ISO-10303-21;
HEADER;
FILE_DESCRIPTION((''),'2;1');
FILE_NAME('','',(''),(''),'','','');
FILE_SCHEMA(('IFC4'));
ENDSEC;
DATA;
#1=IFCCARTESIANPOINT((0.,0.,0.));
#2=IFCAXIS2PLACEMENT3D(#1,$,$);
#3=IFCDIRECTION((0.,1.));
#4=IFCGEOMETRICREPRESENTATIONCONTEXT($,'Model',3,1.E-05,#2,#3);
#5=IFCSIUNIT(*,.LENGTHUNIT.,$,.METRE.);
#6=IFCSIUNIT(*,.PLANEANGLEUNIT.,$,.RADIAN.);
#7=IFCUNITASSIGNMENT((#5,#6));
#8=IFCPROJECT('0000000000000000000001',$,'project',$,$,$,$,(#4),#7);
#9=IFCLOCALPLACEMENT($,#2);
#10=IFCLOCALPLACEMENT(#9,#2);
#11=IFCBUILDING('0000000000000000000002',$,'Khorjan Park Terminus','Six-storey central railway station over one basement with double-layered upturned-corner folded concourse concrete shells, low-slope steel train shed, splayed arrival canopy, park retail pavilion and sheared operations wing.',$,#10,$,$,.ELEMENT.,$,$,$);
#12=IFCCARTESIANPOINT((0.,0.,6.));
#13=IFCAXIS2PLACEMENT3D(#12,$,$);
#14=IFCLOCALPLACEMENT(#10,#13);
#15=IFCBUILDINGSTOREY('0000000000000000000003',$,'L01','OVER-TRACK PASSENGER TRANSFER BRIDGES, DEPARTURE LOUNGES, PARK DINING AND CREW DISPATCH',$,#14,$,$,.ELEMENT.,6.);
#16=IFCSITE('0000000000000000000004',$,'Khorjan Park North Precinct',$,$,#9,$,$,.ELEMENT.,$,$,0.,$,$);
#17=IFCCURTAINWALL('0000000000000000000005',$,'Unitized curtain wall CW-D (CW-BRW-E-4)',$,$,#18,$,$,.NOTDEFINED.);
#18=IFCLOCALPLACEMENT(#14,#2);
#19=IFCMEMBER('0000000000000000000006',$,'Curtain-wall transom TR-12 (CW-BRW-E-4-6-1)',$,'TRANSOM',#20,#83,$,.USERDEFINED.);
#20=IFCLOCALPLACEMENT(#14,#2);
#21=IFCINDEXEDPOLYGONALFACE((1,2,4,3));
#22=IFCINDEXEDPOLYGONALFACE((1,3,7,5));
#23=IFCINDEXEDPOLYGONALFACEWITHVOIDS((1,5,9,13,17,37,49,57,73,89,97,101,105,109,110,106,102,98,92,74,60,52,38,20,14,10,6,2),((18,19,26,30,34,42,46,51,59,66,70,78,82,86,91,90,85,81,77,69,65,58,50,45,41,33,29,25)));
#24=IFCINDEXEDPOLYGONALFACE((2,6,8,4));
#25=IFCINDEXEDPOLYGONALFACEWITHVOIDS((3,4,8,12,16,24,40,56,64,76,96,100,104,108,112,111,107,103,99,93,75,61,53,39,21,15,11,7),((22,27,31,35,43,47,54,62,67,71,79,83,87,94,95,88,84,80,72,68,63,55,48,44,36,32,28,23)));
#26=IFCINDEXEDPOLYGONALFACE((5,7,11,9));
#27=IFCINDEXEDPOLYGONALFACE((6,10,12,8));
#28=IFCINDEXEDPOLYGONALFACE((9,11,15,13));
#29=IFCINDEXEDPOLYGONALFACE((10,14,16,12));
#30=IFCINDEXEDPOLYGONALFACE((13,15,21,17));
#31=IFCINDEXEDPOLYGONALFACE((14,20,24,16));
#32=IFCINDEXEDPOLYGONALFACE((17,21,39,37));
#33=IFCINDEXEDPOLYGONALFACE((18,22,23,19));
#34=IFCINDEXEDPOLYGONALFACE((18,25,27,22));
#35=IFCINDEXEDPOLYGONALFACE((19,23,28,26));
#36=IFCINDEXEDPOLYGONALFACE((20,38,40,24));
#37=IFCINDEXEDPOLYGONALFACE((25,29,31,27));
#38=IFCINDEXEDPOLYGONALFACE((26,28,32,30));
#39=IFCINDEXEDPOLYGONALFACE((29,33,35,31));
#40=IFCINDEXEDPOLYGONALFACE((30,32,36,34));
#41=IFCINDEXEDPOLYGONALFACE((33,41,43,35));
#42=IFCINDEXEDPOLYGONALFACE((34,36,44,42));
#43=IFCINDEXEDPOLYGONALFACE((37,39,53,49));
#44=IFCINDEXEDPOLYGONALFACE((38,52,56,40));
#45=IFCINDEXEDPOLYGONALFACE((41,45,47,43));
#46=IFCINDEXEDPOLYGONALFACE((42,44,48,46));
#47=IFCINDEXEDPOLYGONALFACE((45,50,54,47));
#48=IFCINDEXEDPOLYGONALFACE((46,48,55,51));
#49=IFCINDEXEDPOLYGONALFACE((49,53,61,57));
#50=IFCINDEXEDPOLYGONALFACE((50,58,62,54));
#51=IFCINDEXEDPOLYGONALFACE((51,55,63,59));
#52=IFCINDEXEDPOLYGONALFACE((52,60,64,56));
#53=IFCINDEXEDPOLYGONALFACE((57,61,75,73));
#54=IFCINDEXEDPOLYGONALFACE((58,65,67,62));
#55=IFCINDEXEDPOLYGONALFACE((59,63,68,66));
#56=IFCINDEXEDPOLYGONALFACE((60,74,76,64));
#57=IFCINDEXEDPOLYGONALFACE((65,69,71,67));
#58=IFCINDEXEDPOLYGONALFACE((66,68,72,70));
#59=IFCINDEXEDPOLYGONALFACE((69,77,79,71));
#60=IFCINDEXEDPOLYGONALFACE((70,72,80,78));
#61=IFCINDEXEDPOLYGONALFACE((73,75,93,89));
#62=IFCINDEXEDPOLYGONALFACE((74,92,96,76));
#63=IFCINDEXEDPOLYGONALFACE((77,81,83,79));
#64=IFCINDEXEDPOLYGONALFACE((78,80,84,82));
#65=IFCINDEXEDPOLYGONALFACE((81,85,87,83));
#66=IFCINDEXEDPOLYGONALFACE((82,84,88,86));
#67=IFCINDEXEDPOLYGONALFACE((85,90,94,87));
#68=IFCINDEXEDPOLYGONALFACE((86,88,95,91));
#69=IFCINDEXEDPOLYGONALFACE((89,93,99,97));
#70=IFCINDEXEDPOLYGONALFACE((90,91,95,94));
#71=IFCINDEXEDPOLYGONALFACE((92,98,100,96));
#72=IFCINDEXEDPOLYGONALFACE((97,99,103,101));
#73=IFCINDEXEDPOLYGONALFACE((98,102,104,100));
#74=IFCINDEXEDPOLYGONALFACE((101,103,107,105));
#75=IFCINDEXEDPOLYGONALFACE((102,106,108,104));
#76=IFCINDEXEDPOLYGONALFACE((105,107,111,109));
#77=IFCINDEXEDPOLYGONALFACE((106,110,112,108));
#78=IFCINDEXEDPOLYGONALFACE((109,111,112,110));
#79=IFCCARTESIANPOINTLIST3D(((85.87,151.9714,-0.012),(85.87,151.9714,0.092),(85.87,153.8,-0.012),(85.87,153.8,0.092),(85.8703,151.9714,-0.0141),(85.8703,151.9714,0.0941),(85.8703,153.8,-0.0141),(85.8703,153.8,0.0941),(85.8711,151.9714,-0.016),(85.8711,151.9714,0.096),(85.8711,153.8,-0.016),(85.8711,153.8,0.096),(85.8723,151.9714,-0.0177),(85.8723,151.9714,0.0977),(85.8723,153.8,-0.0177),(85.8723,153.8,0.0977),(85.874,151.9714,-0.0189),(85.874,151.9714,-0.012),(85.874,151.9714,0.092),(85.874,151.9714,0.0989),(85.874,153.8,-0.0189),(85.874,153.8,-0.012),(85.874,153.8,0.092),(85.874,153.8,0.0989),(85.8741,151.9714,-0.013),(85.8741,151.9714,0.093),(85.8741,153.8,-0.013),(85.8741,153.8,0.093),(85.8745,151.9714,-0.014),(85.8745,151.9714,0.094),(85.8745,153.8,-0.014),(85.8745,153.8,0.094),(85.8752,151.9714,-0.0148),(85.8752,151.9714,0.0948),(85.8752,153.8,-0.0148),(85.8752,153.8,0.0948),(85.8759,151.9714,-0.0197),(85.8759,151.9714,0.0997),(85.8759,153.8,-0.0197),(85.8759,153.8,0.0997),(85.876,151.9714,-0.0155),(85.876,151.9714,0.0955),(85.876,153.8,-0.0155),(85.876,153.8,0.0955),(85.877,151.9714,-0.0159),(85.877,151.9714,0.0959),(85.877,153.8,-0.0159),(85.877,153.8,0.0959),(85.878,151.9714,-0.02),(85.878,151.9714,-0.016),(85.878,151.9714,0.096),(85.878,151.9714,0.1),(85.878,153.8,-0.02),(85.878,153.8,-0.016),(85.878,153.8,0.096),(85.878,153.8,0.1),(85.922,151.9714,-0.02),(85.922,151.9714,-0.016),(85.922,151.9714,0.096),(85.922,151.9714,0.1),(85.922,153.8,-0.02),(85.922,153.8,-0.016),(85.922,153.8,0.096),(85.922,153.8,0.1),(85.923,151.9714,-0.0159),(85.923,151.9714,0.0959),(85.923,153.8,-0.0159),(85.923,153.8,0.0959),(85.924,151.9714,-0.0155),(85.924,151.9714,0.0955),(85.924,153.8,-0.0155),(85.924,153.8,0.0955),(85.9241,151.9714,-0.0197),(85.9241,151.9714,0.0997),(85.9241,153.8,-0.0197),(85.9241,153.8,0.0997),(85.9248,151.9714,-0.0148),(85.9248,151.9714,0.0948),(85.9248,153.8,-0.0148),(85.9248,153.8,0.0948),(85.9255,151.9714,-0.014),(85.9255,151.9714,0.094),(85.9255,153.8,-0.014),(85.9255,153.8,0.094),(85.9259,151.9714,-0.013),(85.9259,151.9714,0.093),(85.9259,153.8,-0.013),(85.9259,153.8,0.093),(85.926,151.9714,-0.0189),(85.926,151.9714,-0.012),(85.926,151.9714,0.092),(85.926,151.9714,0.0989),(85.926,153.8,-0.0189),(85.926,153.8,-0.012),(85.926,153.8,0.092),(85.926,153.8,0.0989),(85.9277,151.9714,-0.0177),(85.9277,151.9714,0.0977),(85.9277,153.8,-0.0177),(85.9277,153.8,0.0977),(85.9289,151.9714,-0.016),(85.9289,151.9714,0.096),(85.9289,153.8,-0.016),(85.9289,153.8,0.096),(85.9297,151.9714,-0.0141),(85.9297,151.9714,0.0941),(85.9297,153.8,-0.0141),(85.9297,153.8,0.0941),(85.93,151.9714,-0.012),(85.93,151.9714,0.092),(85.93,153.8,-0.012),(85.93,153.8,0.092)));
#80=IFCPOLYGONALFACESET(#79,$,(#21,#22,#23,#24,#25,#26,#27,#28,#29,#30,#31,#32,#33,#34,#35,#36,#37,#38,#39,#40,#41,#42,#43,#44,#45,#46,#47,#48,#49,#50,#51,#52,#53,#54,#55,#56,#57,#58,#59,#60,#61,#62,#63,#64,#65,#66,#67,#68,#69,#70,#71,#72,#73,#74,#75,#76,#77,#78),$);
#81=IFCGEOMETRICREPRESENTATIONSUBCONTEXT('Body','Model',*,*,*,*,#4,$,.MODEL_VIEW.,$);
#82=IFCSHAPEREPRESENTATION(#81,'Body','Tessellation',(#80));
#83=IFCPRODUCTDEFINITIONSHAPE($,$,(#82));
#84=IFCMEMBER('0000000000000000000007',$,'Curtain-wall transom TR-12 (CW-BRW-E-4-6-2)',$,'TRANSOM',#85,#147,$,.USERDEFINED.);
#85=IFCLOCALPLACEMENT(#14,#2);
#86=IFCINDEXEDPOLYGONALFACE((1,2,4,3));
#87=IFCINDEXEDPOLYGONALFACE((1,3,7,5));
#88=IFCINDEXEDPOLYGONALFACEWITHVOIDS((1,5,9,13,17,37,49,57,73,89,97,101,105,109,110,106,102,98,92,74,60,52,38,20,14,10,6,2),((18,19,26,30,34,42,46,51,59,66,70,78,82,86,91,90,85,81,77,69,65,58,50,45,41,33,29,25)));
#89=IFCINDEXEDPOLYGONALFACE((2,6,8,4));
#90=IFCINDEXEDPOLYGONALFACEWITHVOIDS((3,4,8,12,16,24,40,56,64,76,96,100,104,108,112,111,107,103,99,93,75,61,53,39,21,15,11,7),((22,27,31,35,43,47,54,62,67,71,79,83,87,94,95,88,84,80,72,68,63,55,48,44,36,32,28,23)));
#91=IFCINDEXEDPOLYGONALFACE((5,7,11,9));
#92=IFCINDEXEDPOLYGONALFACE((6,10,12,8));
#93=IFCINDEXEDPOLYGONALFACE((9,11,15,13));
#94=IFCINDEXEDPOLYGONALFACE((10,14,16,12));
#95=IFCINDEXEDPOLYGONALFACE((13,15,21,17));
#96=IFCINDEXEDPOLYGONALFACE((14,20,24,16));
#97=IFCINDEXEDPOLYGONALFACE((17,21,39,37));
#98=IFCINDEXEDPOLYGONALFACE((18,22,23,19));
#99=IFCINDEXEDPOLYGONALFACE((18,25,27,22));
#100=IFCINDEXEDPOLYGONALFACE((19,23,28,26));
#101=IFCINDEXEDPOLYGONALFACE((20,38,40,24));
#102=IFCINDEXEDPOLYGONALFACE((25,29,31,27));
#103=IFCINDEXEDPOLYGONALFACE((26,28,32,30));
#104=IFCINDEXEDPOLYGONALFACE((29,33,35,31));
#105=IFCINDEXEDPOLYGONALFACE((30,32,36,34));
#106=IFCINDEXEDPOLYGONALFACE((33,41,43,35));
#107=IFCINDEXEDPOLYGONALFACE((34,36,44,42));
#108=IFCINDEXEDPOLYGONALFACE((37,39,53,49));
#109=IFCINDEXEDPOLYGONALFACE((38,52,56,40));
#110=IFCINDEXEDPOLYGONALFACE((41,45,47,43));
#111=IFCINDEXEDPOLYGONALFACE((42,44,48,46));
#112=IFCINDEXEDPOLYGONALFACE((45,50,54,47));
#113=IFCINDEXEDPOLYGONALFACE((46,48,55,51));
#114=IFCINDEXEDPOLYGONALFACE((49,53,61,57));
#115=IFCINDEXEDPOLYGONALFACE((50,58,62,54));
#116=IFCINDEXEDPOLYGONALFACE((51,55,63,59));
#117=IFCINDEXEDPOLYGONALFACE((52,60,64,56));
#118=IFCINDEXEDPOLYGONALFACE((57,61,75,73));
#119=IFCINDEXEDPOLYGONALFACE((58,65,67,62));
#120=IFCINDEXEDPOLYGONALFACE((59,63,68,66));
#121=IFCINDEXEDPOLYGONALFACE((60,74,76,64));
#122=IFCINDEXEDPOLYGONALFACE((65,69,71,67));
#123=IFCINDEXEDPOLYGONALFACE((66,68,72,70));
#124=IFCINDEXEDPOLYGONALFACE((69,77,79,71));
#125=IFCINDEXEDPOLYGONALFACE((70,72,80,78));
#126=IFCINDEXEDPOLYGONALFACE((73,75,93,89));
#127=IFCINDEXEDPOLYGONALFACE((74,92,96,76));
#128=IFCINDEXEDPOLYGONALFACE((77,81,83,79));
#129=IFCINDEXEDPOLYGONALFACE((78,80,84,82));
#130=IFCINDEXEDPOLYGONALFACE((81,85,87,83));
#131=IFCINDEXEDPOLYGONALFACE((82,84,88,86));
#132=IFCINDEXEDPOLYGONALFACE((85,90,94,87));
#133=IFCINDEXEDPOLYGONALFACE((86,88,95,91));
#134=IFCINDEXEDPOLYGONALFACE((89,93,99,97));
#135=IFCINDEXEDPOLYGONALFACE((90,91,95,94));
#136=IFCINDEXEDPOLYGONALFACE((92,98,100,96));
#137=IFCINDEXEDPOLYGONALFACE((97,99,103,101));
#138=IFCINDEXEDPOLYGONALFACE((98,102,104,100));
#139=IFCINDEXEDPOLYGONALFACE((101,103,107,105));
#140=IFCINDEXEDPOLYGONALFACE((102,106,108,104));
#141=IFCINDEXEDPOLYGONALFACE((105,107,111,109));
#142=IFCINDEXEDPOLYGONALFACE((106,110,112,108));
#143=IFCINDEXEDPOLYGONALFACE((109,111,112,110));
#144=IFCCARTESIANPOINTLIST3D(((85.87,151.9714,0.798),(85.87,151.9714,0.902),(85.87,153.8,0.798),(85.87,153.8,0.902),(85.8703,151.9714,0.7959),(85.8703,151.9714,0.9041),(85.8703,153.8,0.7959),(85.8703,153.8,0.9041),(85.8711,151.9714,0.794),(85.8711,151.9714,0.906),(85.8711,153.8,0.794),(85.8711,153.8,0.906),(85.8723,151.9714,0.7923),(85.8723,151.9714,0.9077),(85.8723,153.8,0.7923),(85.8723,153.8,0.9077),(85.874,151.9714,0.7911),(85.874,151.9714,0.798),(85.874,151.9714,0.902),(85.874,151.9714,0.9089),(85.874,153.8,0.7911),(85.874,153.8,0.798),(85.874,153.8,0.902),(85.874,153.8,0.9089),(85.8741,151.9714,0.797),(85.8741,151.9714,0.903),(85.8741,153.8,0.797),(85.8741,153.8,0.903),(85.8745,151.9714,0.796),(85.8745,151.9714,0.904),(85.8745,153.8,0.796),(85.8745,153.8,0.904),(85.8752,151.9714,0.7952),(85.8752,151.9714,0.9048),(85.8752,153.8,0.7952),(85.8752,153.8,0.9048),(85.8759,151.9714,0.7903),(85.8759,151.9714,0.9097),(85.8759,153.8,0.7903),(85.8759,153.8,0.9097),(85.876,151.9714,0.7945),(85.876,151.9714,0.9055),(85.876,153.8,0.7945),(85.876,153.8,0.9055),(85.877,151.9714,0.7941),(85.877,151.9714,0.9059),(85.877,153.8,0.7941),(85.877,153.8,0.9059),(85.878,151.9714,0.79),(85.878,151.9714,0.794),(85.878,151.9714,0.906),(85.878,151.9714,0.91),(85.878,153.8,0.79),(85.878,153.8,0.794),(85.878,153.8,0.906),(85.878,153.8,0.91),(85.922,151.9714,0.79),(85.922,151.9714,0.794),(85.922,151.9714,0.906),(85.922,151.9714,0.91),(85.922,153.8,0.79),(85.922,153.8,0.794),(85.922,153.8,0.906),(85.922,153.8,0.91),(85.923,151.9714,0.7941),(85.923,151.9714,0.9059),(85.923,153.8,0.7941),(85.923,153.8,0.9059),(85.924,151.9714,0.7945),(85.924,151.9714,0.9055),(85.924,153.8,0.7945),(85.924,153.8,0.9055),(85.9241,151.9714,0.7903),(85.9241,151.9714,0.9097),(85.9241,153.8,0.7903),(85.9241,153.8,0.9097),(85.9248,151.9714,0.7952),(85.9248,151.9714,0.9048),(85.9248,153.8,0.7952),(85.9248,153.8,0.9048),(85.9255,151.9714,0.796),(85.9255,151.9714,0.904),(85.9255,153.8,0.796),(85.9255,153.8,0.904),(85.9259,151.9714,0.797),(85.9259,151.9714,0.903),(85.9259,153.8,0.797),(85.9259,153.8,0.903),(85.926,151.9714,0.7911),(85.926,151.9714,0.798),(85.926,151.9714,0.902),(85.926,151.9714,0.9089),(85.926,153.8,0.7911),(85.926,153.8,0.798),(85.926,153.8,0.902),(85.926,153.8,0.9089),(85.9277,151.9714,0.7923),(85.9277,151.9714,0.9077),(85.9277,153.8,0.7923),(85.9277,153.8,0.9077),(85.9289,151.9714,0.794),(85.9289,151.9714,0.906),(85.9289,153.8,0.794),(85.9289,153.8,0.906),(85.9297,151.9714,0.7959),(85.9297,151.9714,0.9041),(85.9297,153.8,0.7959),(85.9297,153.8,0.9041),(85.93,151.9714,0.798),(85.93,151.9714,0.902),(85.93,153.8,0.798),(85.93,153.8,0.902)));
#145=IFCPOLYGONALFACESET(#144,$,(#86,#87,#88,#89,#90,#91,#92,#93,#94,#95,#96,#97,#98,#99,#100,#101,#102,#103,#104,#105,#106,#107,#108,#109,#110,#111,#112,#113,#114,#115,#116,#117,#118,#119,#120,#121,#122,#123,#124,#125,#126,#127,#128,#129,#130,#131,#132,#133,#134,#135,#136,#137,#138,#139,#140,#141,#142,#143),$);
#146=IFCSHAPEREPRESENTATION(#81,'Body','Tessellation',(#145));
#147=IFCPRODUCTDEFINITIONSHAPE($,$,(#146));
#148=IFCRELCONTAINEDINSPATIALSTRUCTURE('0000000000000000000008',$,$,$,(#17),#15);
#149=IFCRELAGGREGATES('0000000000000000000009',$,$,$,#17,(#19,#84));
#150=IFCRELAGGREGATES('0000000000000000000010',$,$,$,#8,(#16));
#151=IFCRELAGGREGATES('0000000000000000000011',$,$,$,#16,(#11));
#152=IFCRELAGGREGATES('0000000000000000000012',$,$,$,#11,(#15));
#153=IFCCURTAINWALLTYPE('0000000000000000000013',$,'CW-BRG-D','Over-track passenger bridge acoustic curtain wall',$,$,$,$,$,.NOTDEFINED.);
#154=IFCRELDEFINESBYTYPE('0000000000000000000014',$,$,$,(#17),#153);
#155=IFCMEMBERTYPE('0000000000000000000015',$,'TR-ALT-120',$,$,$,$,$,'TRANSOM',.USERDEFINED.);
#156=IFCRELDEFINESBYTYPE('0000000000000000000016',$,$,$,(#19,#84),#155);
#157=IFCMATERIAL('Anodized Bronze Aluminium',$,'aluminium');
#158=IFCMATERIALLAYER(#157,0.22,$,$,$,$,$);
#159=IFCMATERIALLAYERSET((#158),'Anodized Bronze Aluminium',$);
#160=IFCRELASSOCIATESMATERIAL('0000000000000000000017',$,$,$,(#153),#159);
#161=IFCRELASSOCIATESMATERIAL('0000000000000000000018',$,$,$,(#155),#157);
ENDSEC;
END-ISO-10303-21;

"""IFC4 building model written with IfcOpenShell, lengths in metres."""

from ifc_helpers import new_model, si_unit, direction, frame, origin, origin_2d, place, context, subcontext, project, spatial, hollow_rectangle, extrude, material, layer, layer_set, material_profile, profile_set, type_object, element, aggregate, save


model = new_model("IFC4")

# Units and contexts
model_context = context("Model", 3, precision=1e-05, world=origin(), true_north=direction((0.0, 1.0)))
body_context = subcontext(model_context, "Body", "Model", "MODEL_VIEW")
ifc_project = project(units=[si_unit("LENGTHUNIT", "METRE"), si_unit("PLANEANGLEUNIT", "RADIAN")], contexts=[model_context])

# Site, building, storey
site_placement = place(None, origin())
site = spatial("IfcSite", under=ifc_project, at=site_placement, Name="Khorjan Park North Precinct", CompositionType="ELEMENT", RefElevation=0.0)
building_placement = place(site_placement, origin())
building = spatial("IfcBuilding", under=site, at=building_placement, Name="Khorjan Park Terminus", Description="Six-storey central railway station over one basement with double-layered upturned-corner folded concourse concrete shells, low-slope steel train shed, splayed arrival canopy, park retail pavilion and sheared operations wing.", CompositionType="ELEMENT")
storey_placement = place(building_placement, frame((0.0, 0.0, 6.0)))
storey = spatial("IfcBuildingStorey", under=building, at=storey_placement, Name="L01", Description="OVER-TRACK PASSENGER TRANSFER BRIDGES, DEPARTURE LOUNGES, PARK DINING AND CREW DISPATCH", CompositionType="ELEMENT", Elevation=6.0)

# Curtain wall, members
ifc_material_1 = material(Name="Anodized Bronze Aluminium", Category="aluminium")
ifc_layer_1 = layer(ifc_material_1, 0.22)
ifc_layer_set_1 = layer_set([ifc_layer_1], Name="Anodized Bronze Aluminium")
curtain_wall_type = type_object("IfcCurtainWallType", Name="CW-BRG-D", Description="Over-track passenger bridge acoustic curtain wall", PredefinedType="NOTDEFINED", material=ifc_layer_set_1)
curtain_wall_placement = place(storey_placement, origin())
curtain_wall = element("IfcCurtainWall", 1, at=curtain_wall_placement, inside=storey, type_object=curtain_wall_type, Name="Unitized curtain wall CW-D (CW-BRW-E-4)", PredefinedType="NOTDEFINED")
ifc_material_profile_1 = material_profile(ifc_material_1, hollow_rectangle(XDim=0.06, YDim=0.12, WallThickness=0.004, InnerFilletRadius=0.004, OuterFilletRadius=0.008, at=origin_2d()), Name="ALT 60x120x4")
ifc_profile_set_1 = profile_set([ifc_material_profile_1], Name="Anodized Bronze Aluminium")
member_type_1 = type_object("IfcMemberType", Name="TR-ALT-120", ElementType="TRANSOM", PredefinedType="USERDEFINED", material=ifc_profile_set_1)
member_1_placement = place(storey_placement, frame((85.9, 151.9714, 0.04), z_axis=(0.0, 1.0, 0.0), x_axis=(-1.0, 0.0, 0.0)))
member_1 = element("IfcMember", 2, at=member_1_placement, type_object=member_type_1, Name="Curtain-wall transom TR-12 (CW-BRW-E-4-6-1)", ObjectType="TRANSOM", PredefinedType="USERDEFINED", context=body_context, shape_type="SweptSolid", body=[
    extrude(hollow_rectangle(XDim=0.06, YDim=0.12, WallThickness=0.004, InnerFilletRadius=0.004, OuterFilletRadius=0.008, at=origin_2d()), origin(), (0.0, 0.0, 1.0), 1.8286),
])
member_2_placement = place(storey_placement, frame((85.9, 151.9714, 0.85), z_axis=(0.0, 1.0, 0.0), x_axis=(-1.0, 0.0, 0.0)))
member_2 = element("IfcMember", 3, at=member_2_placement, type_object=member_type_1, Name="Curtain-wall transom TR-12 (CW-BRW-E-4-6-2)", ObjectType="TRANSOM", PredefinedType="USERDEFINED", context=body_context, shape_type="SweptSolid", body=[
    extrude(hollow_rectangle(XDim=0.06, YDim=0.12, WallThickness=0.004, InnerFilletRadius=0.004, OuterFilletRadius=0.008, at=origin_2d()), origin(), (0.0, 0.0, 1.0), 1.8286),
])
aggregate(curtain_wall, [member_1, member_2])

save(model, "model.ifc")
